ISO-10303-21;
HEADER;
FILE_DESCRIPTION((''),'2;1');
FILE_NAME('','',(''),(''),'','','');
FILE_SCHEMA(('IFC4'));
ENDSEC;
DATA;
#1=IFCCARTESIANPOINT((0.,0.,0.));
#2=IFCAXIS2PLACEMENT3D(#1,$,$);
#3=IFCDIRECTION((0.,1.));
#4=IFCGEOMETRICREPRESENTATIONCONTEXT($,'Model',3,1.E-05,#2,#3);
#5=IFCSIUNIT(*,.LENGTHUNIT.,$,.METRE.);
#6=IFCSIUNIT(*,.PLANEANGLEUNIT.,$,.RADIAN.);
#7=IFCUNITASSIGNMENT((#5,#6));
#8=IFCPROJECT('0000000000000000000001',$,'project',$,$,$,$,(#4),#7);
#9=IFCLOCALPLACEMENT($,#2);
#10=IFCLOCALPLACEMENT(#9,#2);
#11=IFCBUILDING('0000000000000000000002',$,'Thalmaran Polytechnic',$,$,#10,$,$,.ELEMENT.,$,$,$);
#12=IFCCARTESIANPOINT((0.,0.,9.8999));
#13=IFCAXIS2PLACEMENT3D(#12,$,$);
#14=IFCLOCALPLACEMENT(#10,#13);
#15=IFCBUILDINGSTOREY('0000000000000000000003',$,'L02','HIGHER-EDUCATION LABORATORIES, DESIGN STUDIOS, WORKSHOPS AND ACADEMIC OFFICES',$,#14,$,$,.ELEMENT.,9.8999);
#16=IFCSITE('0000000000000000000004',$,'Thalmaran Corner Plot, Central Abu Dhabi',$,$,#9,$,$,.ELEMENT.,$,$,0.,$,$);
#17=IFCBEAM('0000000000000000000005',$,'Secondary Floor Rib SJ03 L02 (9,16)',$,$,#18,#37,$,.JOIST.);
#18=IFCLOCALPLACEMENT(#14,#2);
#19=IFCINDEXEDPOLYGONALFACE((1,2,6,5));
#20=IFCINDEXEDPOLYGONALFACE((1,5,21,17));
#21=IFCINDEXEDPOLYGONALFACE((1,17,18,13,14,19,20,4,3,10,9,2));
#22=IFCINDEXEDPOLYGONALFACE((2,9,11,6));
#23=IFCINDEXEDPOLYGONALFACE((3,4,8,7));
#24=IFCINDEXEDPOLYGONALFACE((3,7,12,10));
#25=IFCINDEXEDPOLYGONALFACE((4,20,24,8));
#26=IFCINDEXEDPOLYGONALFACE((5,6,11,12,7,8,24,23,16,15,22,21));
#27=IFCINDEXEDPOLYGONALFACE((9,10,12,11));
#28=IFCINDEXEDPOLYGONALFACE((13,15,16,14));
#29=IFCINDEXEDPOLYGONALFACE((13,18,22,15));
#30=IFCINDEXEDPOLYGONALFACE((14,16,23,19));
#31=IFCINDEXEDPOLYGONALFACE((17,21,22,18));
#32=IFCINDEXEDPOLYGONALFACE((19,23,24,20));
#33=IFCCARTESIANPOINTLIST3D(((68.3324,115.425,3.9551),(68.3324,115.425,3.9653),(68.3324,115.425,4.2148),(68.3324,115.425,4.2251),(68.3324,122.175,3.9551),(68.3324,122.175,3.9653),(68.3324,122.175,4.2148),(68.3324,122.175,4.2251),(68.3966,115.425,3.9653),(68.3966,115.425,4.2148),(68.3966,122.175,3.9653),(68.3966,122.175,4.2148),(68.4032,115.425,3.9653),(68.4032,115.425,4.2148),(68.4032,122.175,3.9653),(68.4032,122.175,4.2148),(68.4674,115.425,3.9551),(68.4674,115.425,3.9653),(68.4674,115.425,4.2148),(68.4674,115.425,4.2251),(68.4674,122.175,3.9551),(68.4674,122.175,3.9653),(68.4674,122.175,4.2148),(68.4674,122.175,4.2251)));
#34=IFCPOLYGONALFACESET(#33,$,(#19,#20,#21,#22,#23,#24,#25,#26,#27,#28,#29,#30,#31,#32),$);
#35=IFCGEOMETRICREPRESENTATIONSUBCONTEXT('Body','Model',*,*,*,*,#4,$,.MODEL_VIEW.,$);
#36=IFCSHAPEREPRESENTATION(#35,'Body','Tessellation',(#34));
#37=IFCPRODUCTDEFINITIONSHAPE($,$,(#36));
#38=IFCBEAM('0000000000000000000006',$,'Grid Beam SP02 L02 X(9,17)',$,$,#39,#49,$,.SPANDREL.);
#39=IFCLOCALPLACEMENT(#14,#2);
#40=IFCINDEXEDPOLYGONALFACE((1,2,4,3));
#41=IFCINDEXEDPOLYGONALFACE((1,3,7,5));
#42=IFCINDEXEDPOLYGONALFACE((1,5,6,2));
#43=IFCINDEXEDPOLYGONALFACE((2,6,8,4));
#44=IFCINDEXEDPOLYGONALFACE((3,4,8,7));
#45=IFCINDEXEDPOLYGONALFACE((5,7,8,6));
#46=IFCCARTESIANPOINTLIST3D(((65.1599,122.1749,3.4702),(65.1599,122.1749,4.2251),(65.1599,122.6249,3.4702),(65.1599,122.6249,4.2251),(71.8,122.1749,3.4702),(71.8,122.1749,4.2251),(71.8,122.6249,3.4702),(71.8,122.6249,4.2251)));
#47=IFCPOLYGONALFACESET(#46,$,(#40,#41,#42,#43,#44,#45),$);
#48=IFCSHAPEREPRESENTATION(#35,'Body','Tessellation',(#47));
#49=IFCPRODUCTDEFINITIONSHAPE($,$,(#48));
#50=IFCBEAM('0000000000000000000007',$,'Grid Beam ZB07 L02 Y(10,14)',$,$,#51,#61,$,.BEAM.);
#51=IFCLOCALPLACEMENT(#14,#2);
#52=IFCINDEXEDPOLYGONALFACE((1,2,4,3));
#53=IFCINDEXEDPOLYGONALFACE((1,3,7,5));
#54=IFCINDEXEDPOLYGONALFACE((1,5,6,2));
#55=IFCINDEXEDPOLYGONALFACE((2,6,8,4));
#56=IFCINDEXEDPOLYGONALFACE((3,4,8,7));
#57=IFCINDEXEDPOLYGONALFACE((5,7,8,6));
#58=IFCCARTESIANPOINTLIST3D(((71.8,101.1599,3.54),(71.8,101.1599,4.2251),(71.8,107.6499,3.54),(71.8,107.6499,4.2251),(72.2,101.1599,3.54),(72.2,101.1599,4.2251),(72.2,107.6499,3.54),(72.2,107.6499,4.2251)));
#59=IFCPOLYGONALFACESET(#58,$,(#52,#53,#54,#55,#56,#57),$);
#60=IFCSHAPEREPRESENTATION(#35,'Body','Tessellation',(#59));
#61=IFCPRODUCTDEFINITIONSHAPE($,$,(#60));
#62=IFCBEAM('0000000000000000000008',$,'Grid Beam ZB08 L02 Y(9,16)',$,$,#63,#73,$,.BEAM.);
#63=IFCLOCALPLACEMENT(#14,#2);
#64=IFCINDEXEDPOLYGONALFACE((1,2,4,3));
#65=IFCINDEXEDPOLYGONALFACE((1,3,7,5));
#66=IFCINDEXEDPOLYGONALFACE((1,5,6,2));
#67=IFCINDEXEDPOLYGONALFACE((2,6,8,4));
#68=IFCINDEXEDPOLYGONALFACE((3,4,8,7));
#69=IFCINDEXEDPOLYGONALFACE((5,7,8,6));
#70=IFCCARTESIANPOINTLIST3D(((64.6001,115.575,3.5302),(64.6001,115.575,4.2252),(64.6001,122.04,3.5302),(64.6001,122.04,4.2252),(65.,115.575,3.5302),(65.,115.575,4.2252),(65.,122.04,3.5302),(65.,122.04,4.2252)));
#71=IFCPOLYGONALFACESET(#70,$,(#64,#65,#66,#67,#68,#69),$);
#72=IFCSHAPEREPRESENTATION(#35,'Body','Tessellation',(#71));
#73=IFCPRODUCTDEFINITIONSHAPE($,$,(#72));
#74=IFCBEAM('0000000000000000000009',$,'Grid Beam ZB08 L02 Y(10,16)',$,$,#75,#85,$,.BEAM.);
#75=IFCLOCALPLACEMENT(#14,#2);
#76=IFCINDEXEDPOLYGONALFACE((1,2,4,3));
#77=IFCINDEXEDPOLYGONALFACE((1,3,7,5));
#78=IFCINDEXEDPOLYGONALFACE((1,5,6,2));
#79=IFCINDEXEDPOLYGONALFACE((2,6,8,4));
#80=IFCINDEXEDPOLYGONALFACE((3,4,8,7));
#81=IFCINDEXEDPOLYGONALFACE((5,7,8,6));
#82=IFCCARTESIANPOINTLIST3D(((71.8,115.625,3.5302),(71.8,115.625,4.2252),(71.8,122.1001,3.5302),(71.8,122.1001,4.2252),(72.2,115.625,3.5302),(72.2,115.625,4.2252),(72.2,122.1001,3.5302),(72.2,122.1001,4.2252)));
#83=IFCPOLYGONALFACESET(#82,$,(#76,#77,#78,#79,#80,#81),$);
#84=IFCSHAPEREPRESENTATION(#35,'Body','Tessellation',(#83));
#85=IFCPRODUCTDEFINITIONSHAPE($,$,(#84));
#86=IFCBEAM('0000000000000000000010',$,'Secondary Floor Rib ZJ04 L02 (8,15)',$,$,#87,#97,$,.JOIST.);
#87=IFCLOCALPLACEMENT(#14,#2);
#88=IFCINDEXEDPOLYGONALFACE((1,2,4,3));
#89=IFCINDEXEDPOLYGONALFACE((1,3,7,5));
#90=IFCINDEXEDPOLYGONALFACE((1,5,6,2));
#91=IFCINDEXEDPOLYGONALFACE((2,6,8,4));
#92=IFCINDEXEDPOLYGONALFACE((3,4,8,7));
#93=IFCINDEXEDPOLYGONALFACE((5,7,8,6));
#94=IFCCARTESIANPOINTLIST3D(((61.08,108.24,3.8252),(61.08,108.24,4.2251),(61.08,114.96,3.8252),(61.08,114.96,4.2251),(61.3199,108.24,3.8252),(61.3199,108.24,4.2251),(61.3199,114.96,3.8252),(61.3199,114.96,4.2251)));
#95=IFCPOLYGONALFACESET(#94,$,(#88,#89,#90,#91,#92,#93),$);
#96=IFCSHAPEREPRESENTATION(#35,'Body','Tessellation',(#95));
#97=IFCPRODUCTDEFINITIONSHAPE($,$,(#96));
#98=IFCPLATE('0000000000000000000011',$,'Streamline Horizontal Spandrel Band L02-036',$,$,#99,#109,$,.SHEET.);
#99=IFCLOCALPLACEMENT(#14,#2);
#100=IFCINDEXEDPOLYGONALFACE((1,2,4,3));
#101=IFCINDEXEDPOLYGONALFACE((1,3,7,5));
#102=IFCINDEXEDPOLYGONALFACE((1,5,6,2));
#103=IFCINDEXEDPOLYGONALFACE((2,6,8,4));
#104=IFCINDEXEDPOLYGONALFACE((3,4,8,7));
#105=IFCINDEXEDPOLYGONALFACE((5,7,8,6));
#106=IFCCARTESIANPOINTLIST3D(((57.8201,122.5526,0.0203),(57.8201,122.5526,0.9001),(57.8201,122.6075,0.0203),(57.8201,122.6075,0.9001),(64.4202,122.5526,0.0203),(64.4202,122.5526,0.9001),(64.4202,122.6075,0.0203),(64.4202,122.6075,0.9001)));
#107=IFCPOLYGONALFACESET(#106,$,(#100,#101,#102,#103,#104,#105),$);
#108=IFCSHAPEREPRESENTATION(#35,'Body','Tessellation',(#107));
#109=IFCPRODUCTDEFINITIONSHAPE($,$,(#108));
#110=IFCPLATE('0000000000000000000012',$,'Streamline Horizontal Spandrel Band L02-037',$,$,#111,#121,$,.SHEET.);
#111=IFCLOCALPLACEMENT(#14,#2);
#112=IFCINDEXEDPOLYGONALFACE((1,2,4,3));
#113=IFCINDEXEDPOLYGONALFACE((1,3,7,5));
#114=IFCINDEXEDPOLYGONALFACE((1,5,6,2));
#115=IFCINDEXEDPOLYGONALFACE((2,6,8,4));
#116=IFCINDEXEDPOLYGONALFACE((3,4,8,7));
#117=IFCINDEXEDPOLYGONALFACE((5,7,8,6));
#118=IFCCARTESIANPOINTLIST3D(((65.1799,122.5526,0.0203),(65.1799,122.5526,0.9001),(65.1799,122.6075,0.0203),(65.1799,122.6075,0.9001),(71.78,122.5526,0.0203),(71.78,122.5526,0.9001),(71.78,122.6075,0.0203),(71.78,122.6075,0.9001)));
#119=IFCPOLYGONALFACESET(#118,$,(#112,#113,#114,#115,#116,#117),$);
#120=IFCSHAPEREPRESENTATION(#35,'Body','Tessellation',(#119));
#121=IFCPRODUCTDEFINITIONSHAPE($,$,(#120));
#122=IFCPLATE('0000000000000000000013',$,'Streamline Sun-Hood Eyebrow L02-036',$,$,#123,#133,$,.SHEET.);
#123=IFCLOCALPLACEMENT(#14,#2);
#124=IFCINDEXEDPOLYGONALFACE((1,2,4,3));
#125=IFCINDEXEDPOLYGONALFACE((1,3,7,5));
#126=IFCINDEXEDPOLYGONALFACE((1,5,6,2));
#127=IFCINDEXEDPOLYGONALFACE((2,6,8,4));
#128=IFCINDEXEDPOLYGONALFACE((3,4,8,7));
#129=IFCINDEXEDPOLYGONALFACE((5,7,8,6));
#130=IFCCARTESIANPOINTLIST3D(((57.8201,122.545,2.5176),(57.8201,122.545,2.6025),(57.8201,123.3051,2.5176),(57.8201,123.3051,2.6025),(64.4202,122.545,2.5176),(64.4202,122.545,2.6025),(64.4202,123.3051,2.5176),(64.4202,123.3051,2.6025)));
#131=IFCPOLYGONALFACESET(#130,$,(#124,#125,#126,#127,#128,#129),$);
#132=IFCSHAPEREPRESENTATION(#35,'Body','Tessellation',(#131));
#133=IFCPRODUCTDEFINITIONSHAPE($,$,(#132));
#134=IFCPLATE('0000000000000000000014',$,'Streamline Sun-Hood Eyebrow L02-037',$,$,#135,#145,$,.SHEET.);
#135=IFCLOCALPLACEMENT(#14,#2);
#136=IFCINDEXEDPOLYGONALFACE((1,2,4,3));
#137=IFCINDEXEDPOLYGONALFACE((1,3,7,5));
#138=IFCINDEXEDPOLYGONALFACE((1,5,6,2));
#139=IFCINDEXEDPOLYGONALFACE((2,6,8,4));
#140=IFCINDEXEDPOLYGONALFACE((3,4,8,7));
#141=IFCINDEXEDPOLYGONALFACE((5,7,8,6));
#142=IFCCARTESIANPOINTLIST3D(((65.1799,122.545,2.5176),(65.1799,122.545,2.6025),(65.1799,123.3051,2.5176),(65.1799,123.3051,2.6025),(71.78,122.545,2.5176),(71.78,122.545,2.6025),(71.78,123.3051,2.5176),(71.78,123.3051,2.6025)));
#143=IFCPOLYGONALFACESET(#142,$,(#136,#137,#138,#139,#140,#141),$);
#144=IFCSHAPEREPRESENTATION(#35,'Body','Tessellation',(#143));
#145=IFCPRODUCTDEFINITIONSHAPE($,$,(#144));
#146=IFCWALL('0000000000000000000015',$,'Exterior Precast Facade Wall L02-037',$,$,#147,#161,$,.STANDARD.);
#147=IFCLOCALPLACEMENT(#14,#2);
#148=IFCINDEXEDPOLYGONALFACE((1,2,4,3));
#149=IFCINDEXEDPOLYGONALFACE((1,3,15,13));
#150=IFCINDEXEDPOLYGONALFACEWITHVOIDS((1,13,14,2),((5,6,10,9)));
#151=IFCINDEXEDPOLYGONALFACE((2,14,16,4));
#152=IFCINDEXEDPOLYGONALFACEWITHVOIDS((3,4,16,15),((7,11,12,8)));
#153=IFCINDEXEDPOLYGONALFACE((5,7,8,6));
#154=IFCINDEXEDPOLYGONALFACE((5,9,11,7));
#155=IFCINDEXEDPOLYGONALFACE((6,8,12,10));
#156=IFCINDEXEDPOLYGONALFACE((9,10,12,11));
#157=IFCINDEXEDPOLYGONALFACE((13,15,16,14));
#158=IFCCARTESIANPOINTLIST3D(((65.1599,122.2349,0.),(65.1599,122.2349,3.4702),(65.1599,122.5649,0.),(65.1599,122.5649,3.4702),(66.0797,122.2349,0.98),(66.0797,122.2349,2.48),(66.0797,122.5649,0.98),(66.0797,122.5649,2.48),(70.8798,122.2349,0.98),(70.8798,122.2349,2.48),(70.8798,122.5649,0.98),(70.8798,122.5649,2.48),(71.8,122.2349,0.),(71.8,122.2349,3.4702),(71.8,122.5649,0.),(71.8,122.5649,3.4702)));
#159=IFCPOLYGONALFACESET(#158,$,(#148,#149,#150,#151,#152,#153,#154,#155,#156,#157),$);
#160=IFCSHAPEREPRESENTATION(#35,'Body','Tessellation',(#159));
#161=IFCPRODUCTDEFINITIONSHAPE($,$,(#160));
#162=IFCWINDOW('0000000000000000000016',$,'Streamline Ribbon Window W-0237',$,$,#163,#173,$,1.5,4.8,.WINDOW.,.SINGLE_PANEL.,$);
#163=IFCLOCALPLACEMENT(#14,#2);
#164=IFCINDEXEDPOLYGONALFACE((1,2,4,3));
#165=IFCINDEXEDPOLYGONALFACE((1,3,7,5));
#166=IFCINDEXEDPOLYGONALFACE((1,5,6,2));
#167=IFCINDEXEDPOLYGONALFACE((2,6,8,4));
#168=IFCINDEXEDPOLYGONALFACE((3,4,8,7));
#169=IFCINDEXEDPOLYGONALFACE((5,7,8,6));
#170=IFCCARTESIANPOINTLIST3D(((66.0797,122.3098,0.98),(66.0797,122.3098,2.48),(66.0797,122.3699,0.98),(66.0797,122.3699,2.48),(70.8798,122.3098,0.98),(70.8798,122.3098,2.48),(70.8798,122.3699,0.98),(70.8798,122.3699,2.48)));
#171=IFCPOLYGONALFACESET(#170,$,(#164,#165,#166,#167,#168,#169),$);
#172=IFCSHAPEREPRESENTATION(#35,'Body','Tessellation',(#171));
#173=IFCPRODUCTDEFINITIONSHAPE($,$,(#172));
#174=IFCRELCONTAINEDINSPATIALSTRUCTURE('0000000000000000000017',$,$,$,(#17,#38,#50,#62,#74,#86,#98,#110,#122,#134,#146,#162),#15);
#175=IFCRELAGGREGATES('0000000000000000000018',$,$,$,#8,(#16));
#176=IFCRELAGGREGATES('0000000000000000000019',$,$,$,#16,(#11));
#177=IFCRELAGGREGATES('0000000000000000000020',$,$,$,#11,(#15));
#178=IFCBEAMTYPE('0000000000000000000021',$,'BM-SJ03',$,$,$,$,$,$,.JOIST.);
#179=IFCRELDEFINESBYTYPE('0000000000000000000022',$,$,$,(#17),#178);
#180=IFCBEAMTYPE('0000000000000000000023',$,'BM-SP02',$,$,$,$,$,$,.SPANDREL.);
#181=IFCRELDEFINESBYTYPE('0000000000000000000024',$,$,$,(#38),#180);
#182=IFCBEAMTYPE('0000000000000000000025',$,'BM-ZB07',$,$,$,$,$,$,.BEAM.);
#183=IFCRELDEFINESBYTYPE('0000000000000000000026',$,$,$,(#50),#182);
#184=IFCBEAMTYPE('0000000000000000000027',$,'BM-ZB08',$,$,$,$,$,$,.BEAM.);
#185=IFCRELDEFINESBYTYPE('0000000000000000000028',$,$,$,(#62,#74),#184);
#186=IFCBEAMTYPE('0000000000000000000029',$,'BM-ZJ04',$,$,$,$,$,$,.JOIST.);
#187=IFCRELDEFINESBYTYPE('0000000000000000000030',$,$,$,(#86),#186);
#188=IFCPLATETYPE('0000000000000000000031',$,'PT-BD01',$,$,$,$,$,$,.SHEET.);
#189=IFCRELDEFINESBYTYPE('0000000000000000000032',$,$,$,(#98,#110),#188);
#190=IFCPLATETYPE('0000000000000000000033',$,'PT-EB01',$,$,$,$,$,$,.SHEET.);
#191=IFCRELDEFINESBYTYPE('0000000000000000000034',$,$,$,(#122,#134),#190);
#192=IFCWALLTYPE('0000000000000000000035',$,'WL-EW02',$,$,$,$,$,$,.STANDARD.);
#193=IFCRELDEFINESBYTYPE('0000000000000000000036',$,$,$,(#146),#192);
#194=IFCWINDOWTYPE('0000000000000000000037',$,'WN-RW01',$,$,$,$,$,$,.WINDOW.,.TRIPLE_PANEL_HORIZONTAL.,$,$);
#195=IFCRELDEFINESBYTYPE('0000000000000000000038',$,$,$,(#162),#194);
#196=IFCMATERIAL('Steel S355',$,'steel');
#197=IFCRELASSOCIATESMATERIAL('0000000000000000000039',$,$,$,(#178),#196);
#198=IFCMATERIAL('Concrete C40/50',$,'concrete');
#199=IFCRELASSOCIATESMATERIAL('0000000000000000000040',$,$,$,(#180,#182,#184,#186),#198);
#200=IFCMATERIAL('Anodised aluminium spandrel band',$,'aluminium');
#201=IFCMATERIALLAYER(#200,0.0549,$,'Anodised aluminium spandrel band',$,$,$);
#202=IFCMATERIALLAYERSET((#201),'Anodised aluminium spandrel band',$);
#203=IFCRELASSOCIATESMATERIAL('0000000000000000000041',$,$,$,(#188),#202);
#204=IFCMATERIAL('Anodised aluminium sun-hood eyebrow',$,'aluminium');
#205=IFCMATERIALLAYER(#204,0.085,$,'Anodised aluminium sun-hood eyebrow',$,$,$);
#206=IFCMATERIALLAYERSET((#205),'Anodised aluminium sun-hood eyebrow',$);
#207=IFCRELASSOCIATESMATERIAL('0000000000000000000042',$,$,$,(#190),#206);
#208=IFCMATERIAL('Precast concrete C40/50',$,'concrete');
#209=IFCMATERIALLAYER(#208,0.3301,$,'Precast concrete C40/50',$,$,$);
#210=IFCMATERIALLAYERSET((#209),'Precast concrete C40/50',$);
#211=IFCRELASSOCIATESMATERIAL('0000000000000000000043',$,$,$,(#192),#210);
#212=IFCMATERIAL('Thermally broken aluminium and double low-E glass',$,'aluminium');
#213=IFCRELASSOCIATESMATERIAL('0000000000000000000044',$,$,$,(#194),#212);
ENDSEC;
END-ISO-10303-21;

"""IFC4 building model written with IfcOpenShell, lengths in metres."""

from ifc_helpers import new_model, si_unit, direction, frame, frame_2d, origin, origin_2d, place, context, subcontext, project, spatial, rectangle, i_section, extrude, material, layer, layer_set, material_profile, profile_set, type_object, element, fill, save


model = new_model("IFC4")

# Units and contexts
model_context = context("Model", 3, precision=1e-05, world=origin(), true_north=direction((0.0, 1.0)))
body_context = subcontext(model_context, "Body", "Model", "MODEL_VIEW")
ifc_project = project(units=[si_unit("LENGTHUNIT", "METRE"), si_unit("PLANEANGLEUNIT", "RADIAN")], contexts=[model_context])

# Site, building, storey
site_placement = place(None, origin())
site = spatial("IfcSite", under=ifc_project, at=site_placement, Name="Thalmaran Corner Plot, Central Abu Dhabi", CompositionType="ELEMENT", RefElevation=0.0)
building_placement = place(site_placement, origin())
building = spatial("IfcBuilding", under=site, at=building_placement, Name="Thalmaran Polytechnic", CompositionType="ELEMENT")
storey_placement = place(building_placement, frame((0.0, 0.0, 9.8999)))
storey = spatial("IfcBuildingStorey", under=building, at=storey_placement, Name="L02", Description="HIGHER-EDUCATION LABORATORIES, DESIGN STUDIOS, WORKSHOPS AND ACADEMIC OFFICES", CompositionType="ELEMENT", Elevation=9.8999)

# Beams
ifc_material_1 = material(Name="Concrete C40/50", Category="concrete")
ifc_material_2 = material(Name="Steel S355", Category="steel")
ifc_material_profile_1 = material_profile(ifc_material_2, i_section(OverallWidth=0.135, OverallDepth=0.27, WebThickness=0.0066, FlangeThickness=0.0103, at=origin_2d()), Name="IPE 270")
ifc_profile_set_1 = profile_set([ifc_material_profile_1], Name="Steel S355")
beam_type_1 = type_object("IfcBeamType", Name="BM-SJ03", PredefinedType="JOIST", material=ifc_profile_set_1)
beam_1_placement = place(storey_placement, frame((68.3999, 115.425, 4.0901), z_axis=(0.0, 1.0, 0.0), x_axis=(-1.0, 0.0, 0.0)))
element("IfcBeam", 1, at=beam_1_placement, inside=storey, type_object=beam_type_1, Name="Secondary Floor Rib SJ03 L02 (9,16)", PredefinedType="JOIST", context=body_context, shape_type="SweptSolid", body=[
    extrude(i_section(OverallWidth=0.135, OverallDepth=0.27, WebThickness=0.0066, FlangeThickness=0.0103, at=origin_2d()), origin(), (0.0, 0.0, 1.0), 6.75),
])
ifc_material_profile_2 = material_profile(ifc_material_1, rectangle(XDim=0.45, YDim=0.7549, at=origin_2d()), Name="RC 450x755")
ifc_profile_set_2 = profile_set([ifc_material_profile_2], Name="Concrete C40/50")
beam_type_2 = type_object("IfcBeamType", Name="BM-SP02", PredefinedType="SPANDREL", material=ifc_profile_set_2)
beam_2_placement = place(storey_placement, frame((65.1599, 122.3999, 3.8477), z_axis=(1.0, 0.0, 0.0), x_axis=(0.0, 1.0, 0.0)))
element("IfcBeam", 2, at=beam_2_placement, inside=storey, type_object=beam_type_2, Name="Grid Beam SP02 L02 X(9,17)", PredefinedType="SPANDREL", context=body_context, shape_type="SweptSolid", body=[
    extrude(rectangle(XDim=0.45, YDim=0.7549, at=origin_2d()), origin(), (0.0, 0.0, 1.0), 6.6401),
])
ifc_material_profile_3 = material_profile(ifc_material_1, rectangle(XDim=0.3999, YDim=0.6851, at=origin_2d()), Name="RC 400x685")
ifc_profile_set_3 = profile_set([ifc_material_profile_3], Name="Concrete C40/50")
beam_type_3 = type_object("IfcBeamType", Name="BM-ZB07", PredefinedType="BEAM", material=ifc_profile_set_3)
beam_3_placement = place(storey_placement, frame((72.0, 101.1599, 3.8826), z_axis=(0.0, 1.0, 0.0), x_axis=(-1.0, 0.0, 0.0)))
element("IfcBeam", 3, at=beam_3_placement, inside=storey, type_object=beam_type_3, Name="Grid Beam ZB07 L02 Y(10,14)", PredefinedType="BEAM", context=body_context, shape_type="SweptSolid", body=[
    extrude(rectangle(XDim=0.3999, YDim=0.6851, at=origin_2d()), origin(), (0.0, 0.0, 1.0), 6.49),
])
ifc_material_profile_4 = material_profile(ifc_material_1, rectangle(XDim=0.3999, YDim=0.6951, at=origin_2d()), Name="RC 400x695")
ifc_profile_set_4 = profile_set([ifc_material_profile_4], Name="Concrete C40/50")
beam_type_4 = type_object("IfcBeamType", Name="BM-ZB08", PredefinedType="BEAM", material=ifc_profile_set_4)
beam_4_placement = place(storey_placement, frame((64.8, 115.575, 3.8777), z_axis=(0.0, 1.0, 0.0), x_axis=(-1.0, 0.0, 0.0)))
element("IfcBeam", 4, at=beam_4_placement, inside=storey, type_object=beam_type_4, Name="Grid Beam ZB08 L02 Y(9,16)", PredefinedType="BEAM", context=body_context, shape_type="SweptSolid", body=[
    extrude(rectangle(XDim=0.3999, YDim=0.6951, at=origin_2d()), origin(), (0.0, 0.0, 1.0), 6.4651),
])
beam_5_placement = place(storey_placement, frame((72.0, 115.625, 3.8777), z_axis=(0.0, 1.0, 0.0), x_axis=(-1.0, 0.0, 0.0)))
element("IfcBeam", 5, at=beam_5_placement, inside=storey, type_object=beam_type_4, Name="Grid Beam ZB08 L02 Y(10,16)", PredefinedType="BEAM", context=body_context, shape_type="SweptSolid", body=[
    extrude(rectangle(XDim=0.3999, YDim=0.6951, at=origin_2d()), origin(), (0.0, 0.0, 1.0), 6.4751),
])
ifc_material_profile_5 = material_profile(ifc_material_1, rectangle(XDim=0.24, YDim=0.3999, at=origin_2d()), Name="RC 240x400")
ifc_profile_set_5 = profile_set([ifc_material_profile_5], Name="Concrete C40/50")
beam_type_5 = type_object("IfcBeamType", Name="BM-ZJ04", PredefinedType="JOIST", material=ifc_profile_set_5)
beam_6_placement = place(storey_placement, frame((61.2, 108.24, 4.0251), z_axis=(0.0, 1.0, 0.0), x_axis=(-1.0, 0.0, 0.0)))
element("IfcBeam", 6, at=beam_6_placement, inside=storey, type_object=beam_type_5, Name="Secondary Floor Rib ZJ04 L02 (8,15)", PredefinedType="JOIST", context=body_context, shape_type="SweptSolid", body=[
    extrude(rectangle(XDim=0.24, YDim=0.3999, at=origin_2d()), origin(), (0.0, 0.0, 1.0), 6.72),
])

# Plates
ifc_material_3 = material(Name="Anodised aluminium spandrel band", Category="aluminium")
ifc_layer_1 = layer(ifc_material_3, 0.0549, Name="Anodised aluminium spandrel band")
ifc_layer_set_1 = layer_set([ifc_layer_1], Name="Anodised aluminium spandrel band")
plate_type_1 = type_object("IfcPlateType", Name="PT-BD01", PredefinedType="SHEET", material=ifc_layer_set_1)
for number, where, z_axis, x_axis, name in (
    (7, (61.1201, 122.5801, 0.0203), (0.0, 0.0, 1.0), (1.0, 0.0, 0.0), "Streamline Horizontal Spandrel Band L02-036"),
    (8, (68.48, 122.5801, 0.0203), (0.0, 0.0, 1.0), (1.0, 0.0, 0.0), "Streamline Horizontal Spandrel Band L02-037"),
):
    element("IfcPlate", number, at=place(storey_placement, frame(where, z_axis=z_axis, x_axis=x_axis)), inside=storey, type_object=plate_type_1, Name=name, PredefinedType="SHEET", context=body_context, shape_type="SweptSolid", body=[
        extrude(rectangle(XDim=6.6001, YDim=0.0549, at=origin_2d()), origin(), (0.0, 0.0, 1.0), 0.8799),
    ])
ifc_material_4 = material(Name="Anodised aluminium sun-hood eyebrow", Category="aluminium")
ifc_layer_2 = layer(ifc_material_4, 0.085, Name="Anodised aluminium sun-hood eyebrow")
ifc_layer_set_2 = layer_set([ifc_layer_2], Name="Anodised aluminium sun-hood eyebrow")
plate_type_2 = type_object("IfcPlateType", Name="PT-EB01", PredefinedType="SHEET", material=ifc_layer_set_2)
for number, where, z_axis, x_axis, name in (
    (9, (61.1201, 122.925, 2.5176), (0.0, 0.0, 1.0), (1.0, 0.0, 0.0), "Streamline Sun-Hood Eyebrow L02-036"),
    (10, (68.48, 122.925, 2.5176), (0.0, 0.0, 1.0), (1.0, 0.0, 0.0), "Streamline Sun-Hood Eyebrow L02-037"),
):
    element("IfcPlate", number, at=place(storey_placement, frame(where, z_axis=z_axis, x_axis=x_axis)), inside=storey, type_object=plate_type_2, Name=name, PredefinedType="SHEET", context=body_context, shape_type="SweptSolid", body=[
        extrude(rectangle(XDim=6.6001, YDim=0.76, at=origin_2d()), origin(), (0.0, 0.0, 1.0), 0.085),
    ])

# Wall, opening, window
ifc_material_5 = material(Name="Precast concrete C40/50", Category="concrete")
ifc_layer_3 = layer(ifc_material_5, 0.3301, Name="Precast concrete C40/50")
ifc_layer_set_3 = layer_set([ifc_layer_3], Name="Precast concrete C40/50")
wall_type_1 = type_object("IfcWallType", Name="WL-EW02", PredefinedType="STANDARD", material=ifc_layer_set_3)
wall_1_placement = place(storey_placement, frame((65.1599, 122.3999, 0.0), z_axis=(0.0, 0.0, 1.0), x_axis=(1.0, 0.0, 0.0)))
wall_1 = element("IfcWall", 11, at=wall_1_placement, inside=storey, type_object=wall_type_1, Name="Exterior Precast Facade Wall L02-037", PredefinedType="STANDARD", context=body_context, shape_type="SweptSolid", body=[
    extrude(rectangle(XDim=6.6401, YDim=0.3301, at=frame_2d((3.3201, 0.0))), origin(), (0.0, 0.0, 1.0), 3.4702),
])
opening_1_placement = place(wall_1_placement, frame((0.9199, 0.0, 0.98)))
opening_1 = element("IfcOpeningElement", 12, at=opening_1_placement, cuts=wall_1, PredefinedType="OPENING", context=body_context, shape_type="SweptSolid", body=[
    extrude(rectangle(XDim=4.8, YDim=1.5, at=frame_2d((2.3999, 0.75))), frame((0.0, 0.175, 0.0), z_axis=(0.0, -1.0, 0.0), x_axis=(1.0, 0.0, 0.0)), (0.0, 0.0, 1.0), 0.3501),
])
ifc_material_6 = material(Name="Thermally broken aluminium and double low-E glass", Category="aluminium")
window_type = type_object("IfcWindowType", Name="WN-RW01", PartitioningType="TRIPLE_PANEL_HORIZONTAL", PredefinedType="WINDOW", material=ifc_material_6)
window_placement = place(opening_1_placement, origin())
window = element("IfcWindow", 13, at=window_placement, inside=storey, type_object=window_type, Name="Streamline Ribbon Window W-0237", OverallHeight=1.5, OverallWidth=4.8, PartitioningType="SINGLE_PANEL", PredefinedType="WINDOW", context=body_context, shape_type="SweptSolid", body=[
    extrude(rectangle(XDim=4.8, YDim=1.5, at=frame_2d((2.3999, 0.75))), frame((0.0, -0.03, 0.0), z_axis=(0.0, -1.0, 0.0), x_axis=(1.0, 0.0, 0.0)), (0.0, 0.0, 1.0), 0.0601),
])
fill(opening_1, window)

save(model, "model.ifc")
